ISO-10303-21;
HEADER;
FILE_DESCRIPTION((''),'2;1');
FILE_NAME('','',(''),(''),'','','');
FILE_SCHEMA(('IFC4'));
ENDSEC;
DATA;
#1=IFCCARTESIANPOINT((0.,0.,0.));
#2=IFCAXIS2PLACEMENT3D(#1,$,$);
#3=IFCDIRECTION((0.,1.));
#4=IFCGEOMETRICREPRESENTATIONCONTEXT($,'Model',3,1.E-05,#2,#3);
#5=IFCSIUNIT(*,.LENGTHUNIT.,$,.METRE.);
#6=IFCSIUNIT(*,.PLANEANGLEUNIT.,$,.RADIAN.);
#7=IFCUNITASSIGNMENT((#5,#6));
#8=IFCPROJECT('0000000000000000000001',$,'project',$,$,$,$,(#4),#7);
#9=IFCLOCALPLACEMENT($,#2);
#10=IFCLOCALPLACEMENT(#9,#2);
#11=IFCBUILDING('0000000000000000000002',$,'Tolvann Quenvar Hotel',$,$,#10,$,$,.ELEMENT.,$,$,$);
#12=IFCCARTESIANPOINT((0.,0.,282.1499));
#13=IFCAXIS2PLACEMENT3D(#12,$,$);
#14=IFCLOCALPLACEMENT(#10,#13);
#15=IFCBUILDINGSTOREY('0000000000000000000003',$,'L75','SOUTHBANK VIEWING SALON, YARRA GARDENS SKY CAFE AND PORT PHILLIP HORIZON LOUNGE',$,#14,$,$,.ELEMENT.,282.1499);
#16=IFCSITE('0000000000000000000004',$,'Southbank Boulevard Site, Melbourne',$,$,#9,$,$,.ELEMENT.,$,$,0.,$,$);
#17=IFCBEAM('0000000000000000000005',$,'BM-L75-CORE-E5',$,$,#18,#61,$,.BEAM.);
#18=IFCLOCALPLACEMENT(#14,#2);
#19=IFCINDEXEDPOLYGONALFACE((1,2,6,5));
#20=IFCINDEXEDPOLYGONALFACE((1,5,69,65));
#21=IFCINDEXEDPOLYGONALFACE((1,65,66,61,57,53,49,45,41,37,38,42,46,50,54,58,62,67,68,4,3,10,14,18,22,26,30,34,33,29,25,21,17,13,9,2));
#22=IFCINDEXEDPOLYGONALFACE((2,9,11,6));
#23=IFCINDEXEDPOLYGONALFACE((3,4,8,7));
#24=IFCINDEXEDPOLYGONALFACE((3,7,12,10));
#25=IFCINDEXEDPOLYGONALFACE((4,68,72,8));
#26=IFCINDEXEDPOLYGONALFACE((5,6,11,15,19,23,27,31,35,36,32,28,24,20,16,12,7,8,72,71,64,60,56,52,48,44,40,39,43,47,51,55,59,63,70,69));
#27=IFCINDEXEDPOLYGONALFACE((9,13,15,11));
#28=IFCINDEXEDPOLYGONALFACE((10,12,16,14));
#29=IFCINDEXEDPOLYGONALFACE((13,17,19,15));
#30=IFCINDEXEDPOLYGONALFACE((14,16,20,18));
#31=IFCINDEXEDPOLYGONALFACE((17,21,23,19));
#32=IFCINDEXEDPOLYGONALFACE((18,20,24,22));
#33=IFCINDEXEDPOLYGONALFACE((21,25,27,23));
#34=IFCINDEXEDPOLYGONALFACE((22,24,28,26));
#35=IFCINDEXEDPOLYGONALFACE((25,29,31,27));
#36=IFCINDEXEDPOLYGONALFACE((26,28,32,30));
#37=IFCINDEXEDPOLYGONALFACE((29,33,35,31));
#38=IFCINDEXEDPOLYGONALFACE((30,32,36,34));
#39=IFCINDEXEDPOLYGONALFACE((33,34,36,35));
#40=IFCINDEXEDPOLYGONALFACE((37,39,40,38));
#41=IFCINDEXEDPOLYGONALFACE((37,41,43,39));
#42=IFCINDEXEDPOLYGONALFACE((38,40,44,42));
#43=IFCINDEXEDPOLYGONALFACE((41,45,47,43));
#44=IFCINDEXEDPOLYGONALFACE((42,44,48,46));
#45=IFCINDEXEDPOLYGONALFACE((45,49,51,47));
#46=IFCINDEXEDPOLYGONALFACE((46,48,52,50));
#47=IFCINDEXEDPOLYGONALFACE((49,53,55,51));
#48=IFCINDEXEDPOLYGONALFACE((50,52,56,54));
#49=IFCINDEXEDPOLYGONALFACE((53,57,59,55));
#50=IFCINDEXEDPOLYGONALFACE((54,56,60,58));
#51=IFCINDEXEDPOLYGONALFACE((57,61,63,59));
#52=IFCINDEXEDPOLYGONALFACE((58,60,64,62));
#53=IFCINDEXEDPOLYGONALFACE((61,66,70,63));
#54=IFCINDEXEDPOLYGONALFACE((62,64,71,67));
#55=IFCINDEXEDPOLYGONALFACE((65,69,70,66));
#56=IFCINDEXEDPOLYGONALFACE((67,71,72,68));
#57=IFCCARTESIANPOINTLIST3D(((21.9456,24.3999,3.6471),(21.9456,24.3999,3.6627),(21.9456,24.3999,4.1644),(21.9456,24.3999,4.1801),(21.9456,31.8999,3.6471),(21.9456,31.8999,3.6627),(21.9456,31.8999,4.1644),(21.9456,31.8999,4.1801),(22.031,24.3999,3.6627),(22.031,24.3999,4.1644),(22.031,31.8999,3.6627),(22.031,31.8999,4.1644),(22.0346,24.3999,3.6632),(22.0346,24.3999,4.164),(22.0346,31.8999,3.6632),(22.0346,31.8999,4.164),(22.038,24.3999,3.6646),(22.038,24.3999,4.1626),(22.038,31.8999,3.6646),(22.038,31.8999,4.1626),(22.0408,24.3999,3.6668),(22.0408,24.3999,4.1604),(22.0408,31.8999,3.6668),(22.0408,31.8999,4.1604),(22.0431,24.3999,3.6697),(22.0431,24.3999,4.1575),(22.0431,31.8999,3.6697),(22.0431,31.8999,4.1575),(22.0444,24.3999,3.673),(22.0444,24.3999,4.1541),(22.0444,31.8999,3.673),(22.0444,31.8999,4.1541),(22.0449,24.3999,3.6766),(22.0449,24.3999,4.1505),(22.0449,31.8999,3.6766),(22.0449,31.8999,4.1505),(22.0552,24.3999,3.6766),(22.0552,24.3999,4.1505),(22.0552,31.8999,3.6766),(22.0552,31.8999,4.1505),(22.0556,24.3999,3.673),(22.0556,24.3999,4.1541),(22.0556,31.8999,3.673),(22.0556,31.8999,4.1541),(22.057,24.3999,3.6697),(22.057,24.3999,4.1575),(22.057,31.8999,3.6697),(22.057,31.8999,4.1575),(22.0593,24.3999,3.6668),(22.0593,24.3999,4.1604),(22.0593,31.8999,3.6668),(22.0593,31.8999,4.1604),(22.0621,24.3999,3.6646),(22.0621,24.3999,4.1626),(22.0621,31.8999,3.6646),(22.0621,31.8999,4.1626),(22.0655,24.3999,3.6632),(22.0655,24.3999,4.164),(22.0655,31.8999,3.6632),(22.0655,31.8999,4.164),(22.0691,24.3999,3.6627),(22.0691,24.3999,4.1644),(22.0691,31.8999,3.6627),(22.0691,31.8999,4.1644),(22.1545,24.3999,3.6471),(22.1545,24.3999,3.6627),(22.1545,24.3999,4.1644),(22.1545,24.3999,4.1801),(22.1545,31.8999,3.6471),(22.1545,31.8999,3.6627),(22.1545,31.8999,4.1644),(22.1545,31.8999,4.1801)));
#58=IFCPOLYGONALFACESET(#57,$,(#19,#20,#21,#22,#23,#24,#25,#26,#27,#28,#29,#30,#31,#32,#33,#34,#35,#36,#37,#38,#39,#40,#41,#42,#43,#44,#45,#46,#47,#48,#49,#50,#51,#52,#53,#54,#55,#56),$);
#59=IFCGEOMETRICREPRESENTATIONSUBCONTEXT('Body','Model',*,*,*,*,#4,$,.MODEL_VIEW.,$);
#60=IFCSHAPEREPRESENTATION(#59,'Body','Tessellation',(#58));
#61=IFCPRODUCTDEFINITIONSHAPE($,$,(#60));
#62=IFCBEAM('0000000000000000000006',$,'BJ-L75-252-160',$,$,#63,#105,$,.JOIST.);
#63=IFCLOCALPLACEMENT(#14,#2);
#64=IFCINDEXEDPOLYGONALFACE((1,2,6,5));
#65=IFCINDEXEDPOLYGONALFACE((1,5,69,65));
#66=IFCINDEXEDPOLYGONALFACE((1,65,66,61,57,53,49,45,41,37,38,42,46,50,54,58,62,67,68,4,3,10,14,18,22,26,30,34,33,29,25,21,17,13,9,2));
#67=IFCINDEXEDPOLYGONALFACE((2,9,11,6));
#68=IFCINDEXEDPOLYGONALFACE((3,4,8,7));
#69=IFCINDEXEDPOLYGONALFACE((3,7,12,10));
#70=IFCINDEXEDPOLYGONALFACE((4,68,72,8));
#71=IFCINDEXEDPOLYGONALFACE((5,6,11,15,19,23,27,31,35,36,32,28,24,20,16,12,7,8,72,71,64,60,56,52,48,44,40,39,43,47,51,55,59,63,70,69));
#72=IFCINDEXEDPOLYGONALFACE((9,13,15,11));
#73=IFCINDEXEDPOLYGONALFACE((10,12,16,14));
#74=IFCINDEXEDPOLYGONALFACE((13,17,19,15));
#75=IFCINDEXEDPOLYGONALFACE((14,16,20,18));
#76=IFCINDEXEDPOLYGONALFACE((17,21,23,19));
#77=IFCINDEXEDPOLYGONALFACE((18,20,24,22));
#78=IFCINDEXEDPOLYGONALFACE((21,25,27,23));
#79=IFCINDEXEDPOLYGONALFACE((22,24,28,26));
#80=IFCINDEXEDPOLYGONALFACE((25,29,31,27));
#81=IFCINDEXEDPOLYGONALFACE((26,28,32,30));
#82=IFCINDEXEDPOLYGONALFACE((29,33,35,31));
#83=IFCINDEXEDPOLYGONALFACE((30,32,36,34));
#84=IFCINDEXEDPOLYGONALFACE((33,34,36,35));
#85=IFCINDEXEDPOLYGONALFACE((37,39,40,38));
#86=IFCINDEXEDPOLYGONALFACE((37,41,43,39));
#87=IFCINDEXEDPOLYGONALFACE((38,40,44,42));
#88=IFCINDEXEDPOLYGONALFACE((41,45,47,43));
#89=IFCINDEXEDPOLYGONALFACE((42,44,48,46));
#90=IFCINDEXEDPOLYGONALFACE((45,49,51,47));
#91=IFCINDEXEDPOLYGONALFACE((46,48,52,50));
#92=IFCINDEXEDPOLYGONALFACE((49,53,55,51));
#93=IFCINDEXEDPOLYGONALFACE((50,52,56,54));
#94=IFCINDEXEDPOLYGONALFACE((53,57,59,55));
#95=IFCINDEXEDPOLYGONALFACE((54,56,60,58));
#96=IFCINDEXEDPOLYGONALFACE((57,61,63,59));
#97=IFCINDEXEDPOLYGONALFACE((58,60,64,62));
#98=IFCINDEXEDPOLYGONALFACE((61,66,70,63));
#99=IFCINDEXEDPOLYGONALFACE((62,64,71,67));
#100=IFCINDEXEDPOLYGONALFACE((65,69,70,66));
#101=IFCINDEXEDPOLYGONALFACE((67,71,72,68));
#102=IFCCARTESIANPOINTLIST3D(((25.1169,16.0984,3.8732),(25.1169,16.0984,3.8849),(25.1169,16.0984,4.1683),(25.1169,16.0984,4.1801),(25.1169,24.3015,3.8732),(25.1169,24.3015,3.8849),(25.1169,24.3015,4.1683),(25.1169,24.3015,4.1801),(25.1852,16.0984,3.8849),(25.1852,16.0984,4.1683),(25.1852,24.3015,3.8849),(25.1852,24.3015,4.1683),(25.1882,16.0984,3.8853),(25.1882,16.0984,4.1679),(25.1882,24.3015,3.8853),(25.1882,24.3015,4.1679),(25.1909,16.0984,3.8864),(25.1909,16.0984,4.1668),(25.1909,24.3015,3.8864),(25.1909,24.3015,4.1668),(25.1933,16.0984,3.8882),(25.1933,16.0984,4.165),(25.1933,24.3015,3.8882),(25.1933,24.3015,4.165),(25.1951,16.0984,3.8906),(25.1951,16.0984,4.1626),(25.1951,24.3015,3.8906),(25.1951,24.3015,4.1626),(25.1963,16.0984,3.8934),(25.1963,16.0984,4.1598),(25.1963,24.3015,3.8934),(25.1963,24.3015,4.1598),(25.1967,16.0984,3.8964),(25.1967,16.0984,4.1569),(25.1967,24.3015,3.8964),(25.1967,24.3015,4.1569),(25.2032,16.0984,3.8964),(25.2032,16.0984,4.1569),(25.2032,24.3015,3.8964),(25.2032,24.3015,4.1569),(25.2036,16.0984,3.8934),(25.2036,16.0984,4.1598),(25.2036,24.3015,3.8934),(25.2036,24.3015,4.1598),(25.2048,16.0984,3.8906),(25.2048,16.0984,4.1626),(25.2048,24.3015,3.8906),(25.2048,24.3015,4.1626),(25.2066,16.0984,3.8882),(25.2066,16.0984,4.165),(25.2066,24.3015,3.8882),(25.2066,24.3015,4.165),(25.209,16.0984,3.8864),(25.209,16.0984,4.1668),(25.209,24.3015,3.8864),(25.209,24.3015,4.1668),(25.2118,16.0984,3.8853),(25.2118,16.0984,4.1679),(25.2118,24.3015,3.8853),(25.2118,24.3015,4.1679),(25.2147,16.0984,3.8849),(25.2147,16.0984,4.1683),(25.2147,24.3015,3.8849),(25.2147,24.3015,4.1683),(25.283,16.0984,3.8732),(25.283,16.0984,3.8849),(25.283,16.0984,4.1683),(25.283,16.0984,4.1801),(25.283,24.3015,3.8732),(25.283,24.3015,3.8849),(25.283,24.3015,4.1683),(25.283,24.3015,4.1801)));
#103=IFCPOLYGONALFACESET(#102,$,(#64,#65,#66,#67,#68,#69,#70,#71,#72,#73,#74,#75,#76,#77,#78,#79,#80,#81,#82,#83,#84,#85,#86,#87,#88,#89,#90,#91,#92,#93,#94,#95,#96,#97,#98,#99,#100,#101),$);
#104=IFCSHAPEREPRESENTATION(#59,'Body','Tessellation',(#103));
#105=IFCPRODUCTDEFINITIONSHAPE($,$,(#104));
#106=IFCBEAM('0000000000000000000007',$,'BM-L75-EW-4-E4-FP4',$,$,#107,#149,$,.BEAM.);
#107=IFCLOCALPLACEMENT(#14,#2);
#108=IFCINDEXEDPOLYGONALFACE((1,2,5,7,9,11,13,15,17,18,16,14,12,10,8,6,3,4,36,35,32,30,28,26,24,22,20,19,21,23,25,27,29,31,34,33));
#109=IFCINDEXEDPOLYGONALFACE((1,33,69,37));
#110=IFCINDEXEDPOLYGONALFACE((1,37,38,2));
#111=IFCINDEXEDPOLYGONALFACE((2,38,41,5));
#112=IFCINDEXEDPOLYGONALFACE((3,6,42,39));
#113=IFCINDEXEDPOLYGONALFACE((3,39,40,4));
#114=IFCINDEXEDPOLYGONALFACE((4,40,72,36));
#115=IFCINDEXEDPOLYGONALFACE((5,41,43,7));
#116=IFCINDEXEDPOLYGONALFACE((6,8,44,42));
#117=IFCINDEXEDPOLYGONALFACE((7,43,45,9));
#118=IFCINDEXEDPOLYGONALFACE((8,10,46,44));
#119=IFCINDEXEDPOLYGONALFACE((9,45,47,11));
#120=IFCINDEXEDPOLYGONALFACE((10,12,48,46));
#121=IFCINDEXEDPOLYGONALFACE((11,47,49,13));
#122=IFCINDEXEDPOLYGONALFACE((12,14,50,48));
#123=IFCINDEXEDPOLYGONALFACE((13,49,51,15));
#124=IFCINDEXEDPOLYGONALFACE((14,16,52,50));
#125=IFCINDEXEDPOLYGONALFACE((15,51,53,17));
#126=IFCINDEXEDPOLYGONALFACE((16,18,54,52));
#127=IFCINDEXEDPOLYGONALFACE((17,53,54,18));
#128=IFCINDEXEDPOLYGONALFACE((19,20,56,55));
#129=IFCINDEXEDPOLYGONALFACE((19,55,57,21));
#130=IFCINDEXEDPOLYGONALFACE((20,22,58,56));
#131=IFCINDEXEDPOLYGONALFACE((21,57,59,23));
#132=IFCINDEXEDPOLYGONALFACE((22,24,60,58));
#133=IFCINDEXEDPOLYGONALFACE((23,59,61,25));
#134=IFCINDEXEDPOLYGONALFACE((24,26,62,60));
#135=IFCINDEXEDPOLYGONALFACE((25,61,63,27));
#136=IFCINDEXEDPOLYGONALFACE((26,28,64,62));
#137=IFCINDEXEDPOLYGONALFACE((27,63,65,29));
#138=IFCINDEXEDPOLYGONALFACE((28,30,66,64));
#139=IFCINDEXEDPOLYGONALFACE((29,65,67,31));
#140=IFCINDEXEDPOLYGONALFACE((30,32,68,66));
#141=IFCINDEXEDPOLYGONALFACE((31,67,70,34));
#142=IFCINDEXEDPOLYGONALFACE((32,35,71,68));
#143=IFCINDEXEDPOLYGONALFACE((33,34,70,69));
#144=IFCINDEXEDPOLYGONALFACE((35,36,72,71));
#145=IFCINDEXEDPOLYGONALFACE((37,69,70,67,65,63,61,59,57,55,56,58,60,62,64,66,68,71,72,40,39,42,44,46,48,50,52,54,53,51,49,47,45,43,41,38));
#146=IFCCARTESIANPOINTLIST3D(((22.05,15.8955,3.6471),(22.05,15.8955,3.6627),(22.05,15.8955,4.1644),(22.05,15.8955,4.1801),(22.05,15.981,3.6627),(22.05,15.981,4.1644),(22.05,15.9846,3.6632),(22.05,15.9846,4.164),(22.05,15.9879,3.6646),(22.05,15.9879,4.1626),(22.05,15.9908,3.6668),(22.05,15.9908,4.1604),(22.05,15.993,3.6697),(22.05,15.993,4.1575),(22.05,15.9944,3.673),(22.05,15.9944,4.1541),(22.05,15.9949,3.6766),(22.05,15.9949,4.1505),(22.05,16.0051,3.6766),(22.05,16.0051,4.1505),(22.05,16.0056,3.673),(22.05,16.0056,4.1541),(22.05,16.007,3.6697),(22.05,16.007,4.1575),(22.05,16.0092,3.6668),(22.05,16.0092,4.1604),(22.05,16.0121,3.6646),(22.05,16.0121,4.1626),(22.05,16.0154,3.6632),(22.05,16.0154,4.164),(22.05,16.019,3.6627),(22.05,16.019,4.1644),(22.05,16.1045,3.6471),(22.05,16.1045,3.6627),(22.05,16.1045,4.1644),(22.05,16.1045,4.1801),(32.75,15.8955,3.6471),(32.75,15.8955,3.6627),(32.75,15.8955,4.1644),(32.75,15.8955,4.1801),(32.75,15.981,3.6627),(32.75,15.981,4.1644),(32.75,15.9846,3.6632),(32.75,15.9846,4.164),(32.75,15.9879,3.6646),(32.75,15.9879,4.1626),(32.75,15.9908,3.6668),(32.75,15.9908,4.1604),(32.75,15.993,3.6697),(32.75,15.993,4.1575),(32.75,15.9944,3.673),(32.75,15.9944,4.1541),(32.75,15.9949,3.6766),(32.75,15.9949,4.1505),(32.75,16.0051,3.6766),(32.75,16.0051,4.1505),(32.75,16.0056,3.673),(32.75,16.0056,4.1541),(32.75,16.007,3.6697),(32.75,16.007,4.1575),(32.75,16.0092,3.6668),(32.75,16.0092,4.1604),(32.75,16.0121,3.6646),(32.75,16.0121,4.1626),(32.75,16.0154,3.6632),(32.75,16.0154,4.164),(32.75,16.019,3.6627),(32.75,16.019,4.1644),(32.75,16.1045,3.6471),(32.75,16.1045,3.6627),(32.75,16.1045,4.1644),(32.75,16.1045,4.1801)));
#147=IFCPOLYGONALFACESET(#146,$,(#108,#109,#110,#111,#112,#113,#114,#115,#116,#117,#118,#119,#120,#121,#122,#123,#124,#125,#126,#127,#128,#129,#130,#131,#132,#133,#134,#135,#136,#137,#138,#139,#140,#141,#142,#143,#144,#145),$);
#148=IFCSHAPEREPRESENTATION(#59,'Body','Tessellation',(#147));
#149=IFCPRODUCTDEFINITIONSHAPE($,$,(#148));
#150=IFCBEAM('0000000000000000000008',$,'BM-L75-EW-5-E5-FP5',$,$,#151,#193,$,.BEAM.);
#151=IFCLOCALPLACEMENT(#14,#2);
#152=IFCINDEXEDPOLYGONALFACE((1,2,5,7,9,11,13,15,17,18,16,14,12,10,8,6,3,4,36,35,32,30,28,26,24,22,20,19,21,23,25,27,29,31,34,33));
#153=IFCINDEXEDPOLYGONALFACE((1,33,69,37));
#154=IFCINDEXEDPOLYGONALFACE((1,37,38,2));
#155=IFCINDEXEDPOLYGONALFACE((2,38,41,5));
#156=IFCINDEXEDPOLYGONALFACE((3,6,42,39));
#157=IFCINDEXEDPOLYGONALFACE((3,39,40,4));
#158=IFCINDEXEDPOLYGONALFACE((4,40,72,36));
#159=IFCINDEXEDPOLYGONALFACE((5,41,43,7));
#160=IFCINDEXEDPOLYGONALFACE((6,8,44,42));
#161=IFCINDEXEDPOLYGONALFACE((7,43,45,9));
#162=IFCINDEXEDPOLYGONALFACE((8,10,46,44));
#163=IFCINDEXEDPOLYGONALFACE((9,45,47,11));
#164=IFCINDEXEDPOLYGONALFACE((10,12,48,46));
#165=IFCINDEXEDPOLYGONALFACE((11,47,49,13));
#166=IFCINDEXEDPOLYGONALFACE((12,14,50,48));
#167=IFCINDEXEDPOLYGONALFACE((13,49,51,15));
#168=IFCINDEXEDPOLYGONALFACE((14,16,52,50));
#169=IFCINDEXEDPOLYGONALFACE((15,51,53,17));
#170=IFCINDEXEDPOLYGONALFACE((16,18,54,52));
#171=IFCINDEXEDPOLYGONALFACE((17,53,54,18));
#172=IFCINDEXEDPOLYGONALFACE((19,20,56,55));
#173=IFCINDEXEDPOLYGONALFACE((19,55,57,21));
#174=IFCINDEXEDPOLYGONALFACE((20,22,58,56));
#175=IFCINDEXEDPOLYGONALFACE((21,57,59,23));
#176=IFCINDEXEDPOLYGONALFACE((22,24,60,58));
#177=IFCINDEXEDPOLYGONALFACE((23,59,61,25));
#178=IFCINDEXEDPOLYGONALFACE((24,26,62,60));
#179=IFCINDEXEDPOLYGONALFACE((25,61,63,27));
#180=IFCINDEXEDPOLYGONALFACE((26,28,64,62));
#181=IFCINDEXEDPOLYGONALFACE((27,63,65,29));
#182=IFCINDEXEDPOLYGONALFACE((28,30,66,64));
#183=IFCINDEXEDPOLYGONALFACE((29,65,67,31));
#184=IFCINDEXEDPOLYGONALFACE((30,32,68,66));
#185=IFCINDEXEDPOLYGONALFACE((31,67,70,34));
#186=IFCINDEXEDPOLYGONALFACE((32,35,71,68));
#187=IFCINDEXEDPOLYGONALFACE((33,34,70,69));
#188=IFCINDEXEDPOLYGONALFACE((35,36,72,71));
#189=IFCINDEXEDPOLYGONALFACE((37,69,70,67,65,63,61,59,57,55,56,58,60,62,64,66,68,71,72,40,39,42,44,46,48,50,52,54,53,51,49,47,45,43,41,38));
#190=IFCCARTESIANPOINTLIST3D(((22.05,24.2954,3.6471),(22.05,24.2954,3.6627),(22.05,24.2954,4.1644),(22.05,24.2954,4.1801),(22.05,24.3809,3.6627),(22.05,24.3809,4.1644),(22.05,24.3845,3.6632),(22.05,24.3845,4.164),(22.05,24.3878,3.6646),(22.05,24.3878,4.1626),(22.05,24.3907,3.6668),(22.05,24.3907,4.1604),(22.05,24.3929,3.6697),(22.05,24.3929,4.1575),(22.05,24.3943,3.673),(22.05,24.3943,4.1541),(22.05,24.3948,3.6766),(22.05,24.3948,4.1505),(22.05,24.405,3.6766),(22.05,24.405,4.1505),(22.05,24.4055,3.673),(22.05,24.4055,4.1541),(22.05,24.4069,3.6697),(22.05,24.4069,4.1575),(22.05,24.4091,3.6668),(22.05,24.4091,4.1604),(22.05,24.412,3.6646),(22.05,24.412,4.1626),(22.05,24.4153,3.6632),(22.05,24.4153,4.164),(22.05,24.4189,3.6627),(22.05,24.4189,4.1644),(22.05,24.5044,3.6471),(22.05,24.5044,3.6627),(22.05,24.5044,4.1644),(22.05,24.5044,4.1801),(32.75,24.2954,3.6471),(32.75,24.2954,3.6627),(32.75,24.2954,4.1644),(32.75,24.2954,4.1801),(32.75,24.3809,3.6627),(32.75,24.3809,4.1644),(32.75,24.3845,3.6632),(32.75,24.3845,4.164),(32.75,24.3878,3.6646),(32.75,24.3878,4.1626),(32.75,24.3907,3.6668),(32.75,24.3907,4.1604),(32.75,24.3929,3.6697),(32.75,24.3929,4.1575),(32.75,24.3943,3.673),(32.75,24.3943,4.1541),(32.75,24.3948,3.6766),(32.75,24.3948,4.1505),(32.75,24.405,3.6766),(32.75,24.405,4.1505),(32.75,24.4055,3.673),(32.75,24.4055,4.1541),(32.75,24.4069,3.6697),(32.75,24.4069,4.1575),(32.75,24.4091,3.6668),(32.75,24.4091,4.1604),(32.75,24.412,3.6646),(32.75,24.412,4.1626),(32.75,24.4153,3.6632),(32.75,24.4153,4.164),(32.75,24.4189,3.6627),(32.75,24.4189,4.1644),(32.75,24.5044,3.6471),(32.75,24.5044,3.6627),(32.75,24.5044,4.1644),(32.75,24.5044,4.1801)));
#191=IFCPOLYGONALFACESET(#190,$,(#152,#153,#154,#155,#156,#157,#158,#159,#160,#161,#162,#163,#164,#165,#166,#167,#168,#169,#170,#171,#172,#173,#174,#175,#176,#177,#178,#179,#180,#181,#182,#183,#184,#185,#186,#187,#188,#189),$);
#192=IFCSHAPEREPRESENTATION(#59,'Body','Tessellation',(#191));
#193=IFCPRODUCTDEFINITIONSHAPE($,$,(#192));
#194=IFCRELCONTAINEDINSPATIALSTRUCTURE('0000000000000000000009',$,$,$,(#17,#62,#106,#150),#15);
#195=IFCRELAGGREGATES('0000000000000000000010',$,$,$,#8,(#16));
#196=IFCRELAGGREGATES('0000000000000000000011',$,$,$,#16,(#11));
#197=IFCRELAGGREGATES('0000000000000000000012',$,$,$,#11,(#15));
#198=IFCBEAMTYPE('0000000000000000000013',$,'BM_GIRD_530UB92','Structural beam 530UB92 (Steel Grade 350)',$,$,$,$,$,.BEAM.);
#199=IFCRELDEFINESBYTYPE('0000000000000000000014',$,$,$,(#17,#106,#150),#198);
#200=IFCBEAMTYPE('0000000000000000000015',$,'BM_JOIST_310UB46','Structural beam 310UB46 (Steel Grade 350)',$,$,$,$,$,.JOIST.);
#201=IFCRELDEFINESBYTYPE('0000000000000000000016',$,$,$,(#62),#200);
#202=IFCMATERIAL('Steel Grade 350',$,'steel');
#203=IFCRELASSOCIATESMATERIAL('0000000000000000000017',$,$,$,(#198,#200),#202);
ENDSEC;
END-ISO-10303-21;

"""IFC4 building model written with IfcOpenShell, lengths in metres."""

from ifc_helpers import new_model, si_unit, direction, frame, origin, origin_2d, place, context, subcontext, project, spatial, i_section, extrude, source, transform, mapped, material, material_profile, profile_set, type_object, type_shapes, element, save


model = new_model("IFC4")

# Units and contexts
model_context = context("Model", 3, precision=1e-05, world=origin(), true_north=direction((0.0, 1.0)))
body_context = subcontext(model_context, "Body", "Model", "MODEL_VIEW")
ifc_project = project(units=[si_unit("LENGTHUNIT", "METRE"), si_unit("PLANEANGLEUNIT", "RADIAN")], contexts=[model_context])

# Site, building, storey
site_placement = place(None, origin())
site = spatial("IfcSite", under=ifc_project, at=site_placement, Name="Southbank Boulevard Site, Melbourne", CompositionType="ELEMENT", RefElevation=0.0)
building_placement = place(site_placement, origin())
building = spatial("IfcBuilding", under=site, at=building_placement, Name="Tolvann Quenvar Hotel", CompositionType="ELEMENT")
storey_placement = place(building_placement, frame((0.0, 0.0, 282.1499)))
storey = spatial("IfcBuildingStorey", under=building, at=storey_placement, Name="L75", Description="SOUTHBANK VIEWING SALON, YARRA GARDENS SKY CAFE AND PORT PHILLIP HORIZON LOUNGE", CompositionType="ELEMENT", Elevation=282.1499)

# Shared definitions
ifc_material_1 = material(Name="Steel Grade 350", Category="steel")

# Beams
ifc_material_profile_1 = material_profile(ifc_material_1, i_section(OverallWidth=0.209, OverallDepth=0.533, WebThickness=0.0103, FlangeThickness=0.0156, FilletRadius=0.0139, at=origin_2d()), Name="530UB92")
ifc_profile_set_1 = profile_set([ifc_material_profile_1], Name="Steel Grade 350")
beam_type_1 = type_object("IfcBeamType", Name="BM_GIRD_530UB92", Description="Structural beam 530UB92 (Steel Grade 350)", PredefinedType="BEAM", material=ifc_profile_set_1)
shared_shape_1 = source(origin(), body_context, "Body", "SweptSolid", [
    extrude(i_section(OverallWidth=0.209, OverallDepth=0.533, WebThickness=0.0103, FlangeThickness=0.0156, FilletRadius=0.0139, at=origin_2d()), origin(), (0.0, 0.0, 1.0), 7.5),
])
beam_1_placement = place(storey_placement, frame((22.05, 24.3999, 3.9136), z_axis=(0.0, 1.0, 0.0), x_axis=(-1.0, 0.0, 0.0)))
element("IfcBeam", 1, at=beam_1_placement, inside=storey, type_object=beam_type_1, Name="BM-L75-CORE-E5", PredefinedType="BEAM", context=body_context, shape_type="MappedRepresentation", body=[
    mapped(shared_shape_1, transform((0.0, 0.0, 0.0), x_axis=(1.0, 0.0, 0.0), y_axis=(0.0, 1.0, 0.0), z_axis=(0.0, 0.0, 1.0), scale=1.0)),
])
ifc_material_profile_2 = material_profile(ifc_material_1, i_section(OverallWidth=0.166, OverallDepth=0.3069, WebThickness=0.0066, FlangeThickness=0.0117, FilletRadius=0.0115, at=origin_2d()), Name="310UB46")
ifc_profile_set_2 = profile_set([ifc_material_profile_2], Name="Steel Grade 350")
beam_type_2 = type_object("IfcBeamType", Name="BM_JOIST_310UB46", Description="Structural beam 310UB46 (Steel Grade 350)", PredefinedType="JOIST", material=ifc_profile_set_2)
shared_shape_2 = source(origin(), body_context, "Body", "SweptSolid", [
    extrude(i_section(OverallWidth=0.166, OverallDepth=0.3069, WebThickness=0.0066, FlangeThickness=0.0117, FilletRadius=0.0115, at=origin_2d()), origin(), (0.0, 0.0, 1.0), 8.2031),
])
type_shapes(beam_type_2, [shared_shape_2])
beam_2_placement = place(storey_placement, frame((25.2, 16.0984, 4.0266), z_axis=(0.0, 1.0, 0.0), x_axis=(-1.0, 0.0, 0.0)))
element("IfcBeam", 2, at=beam_2_placement, inside=storey, type_object=beam_type_2, Name="BJ-L75-252-160", PredefinedType="JOIST", context=body_context, shape_type="MappedRepresentation", body=[
    mapped(shared_shape_2, transform((0.0, 0.0, 0.0), x_axis=(1.0, 0.0, 0.0), y_axis=(0.0, 1.0, 0.0), z_axis=(0.0, 0.0, 1.0), scale=1.0)),
])
shared_shape_3 = source(origin(), body_context, "Body", "SweptSolid", [
    extrude(i_section(OverallWidth=0.209, OverallDepth=0.533, WebThickness=0.0103, FlangeThickness=0.0156, FilletRadius=0.0139, at=origin_2d()), origin(), (0.0, 0.0, 1.0), 10.7),
])
for number, where, z_axis, x_axis, name in (
    (3, (22.05, 16.0, 3.9136), (1.0, 0.0, 0.0), (0.0, 1.0, 0.0), "BM-L75-EW-4-E4-FP4"),
    (4, (22.05, 24.3999, 3.9136), (1.0, 0.0, 0.0), (0.0, 1.0, 0.0), "BM-L75-EW-5-E5-FP5"),
):
    element("IfcBeam", number, at=place(storey_placement, frame(where, z_axis=z_axis, x_axis=x_axis)), inside=storey, type_object=beam_type_1, Name=name, PredefinedType="BEAM", context=body_context, shape_type="MappedRepresentation", body=[
        mapped(shared_shape_3, transform((0.0, 0.0, 0.0), x_axis=(1.0, 0.0, 0.0), y_axis=(0.0, 1.0, 0.0), z_axis=(0.0, 0.0, 1.0), scale=1.0)),
    ])

save(model, "model.ifc")
